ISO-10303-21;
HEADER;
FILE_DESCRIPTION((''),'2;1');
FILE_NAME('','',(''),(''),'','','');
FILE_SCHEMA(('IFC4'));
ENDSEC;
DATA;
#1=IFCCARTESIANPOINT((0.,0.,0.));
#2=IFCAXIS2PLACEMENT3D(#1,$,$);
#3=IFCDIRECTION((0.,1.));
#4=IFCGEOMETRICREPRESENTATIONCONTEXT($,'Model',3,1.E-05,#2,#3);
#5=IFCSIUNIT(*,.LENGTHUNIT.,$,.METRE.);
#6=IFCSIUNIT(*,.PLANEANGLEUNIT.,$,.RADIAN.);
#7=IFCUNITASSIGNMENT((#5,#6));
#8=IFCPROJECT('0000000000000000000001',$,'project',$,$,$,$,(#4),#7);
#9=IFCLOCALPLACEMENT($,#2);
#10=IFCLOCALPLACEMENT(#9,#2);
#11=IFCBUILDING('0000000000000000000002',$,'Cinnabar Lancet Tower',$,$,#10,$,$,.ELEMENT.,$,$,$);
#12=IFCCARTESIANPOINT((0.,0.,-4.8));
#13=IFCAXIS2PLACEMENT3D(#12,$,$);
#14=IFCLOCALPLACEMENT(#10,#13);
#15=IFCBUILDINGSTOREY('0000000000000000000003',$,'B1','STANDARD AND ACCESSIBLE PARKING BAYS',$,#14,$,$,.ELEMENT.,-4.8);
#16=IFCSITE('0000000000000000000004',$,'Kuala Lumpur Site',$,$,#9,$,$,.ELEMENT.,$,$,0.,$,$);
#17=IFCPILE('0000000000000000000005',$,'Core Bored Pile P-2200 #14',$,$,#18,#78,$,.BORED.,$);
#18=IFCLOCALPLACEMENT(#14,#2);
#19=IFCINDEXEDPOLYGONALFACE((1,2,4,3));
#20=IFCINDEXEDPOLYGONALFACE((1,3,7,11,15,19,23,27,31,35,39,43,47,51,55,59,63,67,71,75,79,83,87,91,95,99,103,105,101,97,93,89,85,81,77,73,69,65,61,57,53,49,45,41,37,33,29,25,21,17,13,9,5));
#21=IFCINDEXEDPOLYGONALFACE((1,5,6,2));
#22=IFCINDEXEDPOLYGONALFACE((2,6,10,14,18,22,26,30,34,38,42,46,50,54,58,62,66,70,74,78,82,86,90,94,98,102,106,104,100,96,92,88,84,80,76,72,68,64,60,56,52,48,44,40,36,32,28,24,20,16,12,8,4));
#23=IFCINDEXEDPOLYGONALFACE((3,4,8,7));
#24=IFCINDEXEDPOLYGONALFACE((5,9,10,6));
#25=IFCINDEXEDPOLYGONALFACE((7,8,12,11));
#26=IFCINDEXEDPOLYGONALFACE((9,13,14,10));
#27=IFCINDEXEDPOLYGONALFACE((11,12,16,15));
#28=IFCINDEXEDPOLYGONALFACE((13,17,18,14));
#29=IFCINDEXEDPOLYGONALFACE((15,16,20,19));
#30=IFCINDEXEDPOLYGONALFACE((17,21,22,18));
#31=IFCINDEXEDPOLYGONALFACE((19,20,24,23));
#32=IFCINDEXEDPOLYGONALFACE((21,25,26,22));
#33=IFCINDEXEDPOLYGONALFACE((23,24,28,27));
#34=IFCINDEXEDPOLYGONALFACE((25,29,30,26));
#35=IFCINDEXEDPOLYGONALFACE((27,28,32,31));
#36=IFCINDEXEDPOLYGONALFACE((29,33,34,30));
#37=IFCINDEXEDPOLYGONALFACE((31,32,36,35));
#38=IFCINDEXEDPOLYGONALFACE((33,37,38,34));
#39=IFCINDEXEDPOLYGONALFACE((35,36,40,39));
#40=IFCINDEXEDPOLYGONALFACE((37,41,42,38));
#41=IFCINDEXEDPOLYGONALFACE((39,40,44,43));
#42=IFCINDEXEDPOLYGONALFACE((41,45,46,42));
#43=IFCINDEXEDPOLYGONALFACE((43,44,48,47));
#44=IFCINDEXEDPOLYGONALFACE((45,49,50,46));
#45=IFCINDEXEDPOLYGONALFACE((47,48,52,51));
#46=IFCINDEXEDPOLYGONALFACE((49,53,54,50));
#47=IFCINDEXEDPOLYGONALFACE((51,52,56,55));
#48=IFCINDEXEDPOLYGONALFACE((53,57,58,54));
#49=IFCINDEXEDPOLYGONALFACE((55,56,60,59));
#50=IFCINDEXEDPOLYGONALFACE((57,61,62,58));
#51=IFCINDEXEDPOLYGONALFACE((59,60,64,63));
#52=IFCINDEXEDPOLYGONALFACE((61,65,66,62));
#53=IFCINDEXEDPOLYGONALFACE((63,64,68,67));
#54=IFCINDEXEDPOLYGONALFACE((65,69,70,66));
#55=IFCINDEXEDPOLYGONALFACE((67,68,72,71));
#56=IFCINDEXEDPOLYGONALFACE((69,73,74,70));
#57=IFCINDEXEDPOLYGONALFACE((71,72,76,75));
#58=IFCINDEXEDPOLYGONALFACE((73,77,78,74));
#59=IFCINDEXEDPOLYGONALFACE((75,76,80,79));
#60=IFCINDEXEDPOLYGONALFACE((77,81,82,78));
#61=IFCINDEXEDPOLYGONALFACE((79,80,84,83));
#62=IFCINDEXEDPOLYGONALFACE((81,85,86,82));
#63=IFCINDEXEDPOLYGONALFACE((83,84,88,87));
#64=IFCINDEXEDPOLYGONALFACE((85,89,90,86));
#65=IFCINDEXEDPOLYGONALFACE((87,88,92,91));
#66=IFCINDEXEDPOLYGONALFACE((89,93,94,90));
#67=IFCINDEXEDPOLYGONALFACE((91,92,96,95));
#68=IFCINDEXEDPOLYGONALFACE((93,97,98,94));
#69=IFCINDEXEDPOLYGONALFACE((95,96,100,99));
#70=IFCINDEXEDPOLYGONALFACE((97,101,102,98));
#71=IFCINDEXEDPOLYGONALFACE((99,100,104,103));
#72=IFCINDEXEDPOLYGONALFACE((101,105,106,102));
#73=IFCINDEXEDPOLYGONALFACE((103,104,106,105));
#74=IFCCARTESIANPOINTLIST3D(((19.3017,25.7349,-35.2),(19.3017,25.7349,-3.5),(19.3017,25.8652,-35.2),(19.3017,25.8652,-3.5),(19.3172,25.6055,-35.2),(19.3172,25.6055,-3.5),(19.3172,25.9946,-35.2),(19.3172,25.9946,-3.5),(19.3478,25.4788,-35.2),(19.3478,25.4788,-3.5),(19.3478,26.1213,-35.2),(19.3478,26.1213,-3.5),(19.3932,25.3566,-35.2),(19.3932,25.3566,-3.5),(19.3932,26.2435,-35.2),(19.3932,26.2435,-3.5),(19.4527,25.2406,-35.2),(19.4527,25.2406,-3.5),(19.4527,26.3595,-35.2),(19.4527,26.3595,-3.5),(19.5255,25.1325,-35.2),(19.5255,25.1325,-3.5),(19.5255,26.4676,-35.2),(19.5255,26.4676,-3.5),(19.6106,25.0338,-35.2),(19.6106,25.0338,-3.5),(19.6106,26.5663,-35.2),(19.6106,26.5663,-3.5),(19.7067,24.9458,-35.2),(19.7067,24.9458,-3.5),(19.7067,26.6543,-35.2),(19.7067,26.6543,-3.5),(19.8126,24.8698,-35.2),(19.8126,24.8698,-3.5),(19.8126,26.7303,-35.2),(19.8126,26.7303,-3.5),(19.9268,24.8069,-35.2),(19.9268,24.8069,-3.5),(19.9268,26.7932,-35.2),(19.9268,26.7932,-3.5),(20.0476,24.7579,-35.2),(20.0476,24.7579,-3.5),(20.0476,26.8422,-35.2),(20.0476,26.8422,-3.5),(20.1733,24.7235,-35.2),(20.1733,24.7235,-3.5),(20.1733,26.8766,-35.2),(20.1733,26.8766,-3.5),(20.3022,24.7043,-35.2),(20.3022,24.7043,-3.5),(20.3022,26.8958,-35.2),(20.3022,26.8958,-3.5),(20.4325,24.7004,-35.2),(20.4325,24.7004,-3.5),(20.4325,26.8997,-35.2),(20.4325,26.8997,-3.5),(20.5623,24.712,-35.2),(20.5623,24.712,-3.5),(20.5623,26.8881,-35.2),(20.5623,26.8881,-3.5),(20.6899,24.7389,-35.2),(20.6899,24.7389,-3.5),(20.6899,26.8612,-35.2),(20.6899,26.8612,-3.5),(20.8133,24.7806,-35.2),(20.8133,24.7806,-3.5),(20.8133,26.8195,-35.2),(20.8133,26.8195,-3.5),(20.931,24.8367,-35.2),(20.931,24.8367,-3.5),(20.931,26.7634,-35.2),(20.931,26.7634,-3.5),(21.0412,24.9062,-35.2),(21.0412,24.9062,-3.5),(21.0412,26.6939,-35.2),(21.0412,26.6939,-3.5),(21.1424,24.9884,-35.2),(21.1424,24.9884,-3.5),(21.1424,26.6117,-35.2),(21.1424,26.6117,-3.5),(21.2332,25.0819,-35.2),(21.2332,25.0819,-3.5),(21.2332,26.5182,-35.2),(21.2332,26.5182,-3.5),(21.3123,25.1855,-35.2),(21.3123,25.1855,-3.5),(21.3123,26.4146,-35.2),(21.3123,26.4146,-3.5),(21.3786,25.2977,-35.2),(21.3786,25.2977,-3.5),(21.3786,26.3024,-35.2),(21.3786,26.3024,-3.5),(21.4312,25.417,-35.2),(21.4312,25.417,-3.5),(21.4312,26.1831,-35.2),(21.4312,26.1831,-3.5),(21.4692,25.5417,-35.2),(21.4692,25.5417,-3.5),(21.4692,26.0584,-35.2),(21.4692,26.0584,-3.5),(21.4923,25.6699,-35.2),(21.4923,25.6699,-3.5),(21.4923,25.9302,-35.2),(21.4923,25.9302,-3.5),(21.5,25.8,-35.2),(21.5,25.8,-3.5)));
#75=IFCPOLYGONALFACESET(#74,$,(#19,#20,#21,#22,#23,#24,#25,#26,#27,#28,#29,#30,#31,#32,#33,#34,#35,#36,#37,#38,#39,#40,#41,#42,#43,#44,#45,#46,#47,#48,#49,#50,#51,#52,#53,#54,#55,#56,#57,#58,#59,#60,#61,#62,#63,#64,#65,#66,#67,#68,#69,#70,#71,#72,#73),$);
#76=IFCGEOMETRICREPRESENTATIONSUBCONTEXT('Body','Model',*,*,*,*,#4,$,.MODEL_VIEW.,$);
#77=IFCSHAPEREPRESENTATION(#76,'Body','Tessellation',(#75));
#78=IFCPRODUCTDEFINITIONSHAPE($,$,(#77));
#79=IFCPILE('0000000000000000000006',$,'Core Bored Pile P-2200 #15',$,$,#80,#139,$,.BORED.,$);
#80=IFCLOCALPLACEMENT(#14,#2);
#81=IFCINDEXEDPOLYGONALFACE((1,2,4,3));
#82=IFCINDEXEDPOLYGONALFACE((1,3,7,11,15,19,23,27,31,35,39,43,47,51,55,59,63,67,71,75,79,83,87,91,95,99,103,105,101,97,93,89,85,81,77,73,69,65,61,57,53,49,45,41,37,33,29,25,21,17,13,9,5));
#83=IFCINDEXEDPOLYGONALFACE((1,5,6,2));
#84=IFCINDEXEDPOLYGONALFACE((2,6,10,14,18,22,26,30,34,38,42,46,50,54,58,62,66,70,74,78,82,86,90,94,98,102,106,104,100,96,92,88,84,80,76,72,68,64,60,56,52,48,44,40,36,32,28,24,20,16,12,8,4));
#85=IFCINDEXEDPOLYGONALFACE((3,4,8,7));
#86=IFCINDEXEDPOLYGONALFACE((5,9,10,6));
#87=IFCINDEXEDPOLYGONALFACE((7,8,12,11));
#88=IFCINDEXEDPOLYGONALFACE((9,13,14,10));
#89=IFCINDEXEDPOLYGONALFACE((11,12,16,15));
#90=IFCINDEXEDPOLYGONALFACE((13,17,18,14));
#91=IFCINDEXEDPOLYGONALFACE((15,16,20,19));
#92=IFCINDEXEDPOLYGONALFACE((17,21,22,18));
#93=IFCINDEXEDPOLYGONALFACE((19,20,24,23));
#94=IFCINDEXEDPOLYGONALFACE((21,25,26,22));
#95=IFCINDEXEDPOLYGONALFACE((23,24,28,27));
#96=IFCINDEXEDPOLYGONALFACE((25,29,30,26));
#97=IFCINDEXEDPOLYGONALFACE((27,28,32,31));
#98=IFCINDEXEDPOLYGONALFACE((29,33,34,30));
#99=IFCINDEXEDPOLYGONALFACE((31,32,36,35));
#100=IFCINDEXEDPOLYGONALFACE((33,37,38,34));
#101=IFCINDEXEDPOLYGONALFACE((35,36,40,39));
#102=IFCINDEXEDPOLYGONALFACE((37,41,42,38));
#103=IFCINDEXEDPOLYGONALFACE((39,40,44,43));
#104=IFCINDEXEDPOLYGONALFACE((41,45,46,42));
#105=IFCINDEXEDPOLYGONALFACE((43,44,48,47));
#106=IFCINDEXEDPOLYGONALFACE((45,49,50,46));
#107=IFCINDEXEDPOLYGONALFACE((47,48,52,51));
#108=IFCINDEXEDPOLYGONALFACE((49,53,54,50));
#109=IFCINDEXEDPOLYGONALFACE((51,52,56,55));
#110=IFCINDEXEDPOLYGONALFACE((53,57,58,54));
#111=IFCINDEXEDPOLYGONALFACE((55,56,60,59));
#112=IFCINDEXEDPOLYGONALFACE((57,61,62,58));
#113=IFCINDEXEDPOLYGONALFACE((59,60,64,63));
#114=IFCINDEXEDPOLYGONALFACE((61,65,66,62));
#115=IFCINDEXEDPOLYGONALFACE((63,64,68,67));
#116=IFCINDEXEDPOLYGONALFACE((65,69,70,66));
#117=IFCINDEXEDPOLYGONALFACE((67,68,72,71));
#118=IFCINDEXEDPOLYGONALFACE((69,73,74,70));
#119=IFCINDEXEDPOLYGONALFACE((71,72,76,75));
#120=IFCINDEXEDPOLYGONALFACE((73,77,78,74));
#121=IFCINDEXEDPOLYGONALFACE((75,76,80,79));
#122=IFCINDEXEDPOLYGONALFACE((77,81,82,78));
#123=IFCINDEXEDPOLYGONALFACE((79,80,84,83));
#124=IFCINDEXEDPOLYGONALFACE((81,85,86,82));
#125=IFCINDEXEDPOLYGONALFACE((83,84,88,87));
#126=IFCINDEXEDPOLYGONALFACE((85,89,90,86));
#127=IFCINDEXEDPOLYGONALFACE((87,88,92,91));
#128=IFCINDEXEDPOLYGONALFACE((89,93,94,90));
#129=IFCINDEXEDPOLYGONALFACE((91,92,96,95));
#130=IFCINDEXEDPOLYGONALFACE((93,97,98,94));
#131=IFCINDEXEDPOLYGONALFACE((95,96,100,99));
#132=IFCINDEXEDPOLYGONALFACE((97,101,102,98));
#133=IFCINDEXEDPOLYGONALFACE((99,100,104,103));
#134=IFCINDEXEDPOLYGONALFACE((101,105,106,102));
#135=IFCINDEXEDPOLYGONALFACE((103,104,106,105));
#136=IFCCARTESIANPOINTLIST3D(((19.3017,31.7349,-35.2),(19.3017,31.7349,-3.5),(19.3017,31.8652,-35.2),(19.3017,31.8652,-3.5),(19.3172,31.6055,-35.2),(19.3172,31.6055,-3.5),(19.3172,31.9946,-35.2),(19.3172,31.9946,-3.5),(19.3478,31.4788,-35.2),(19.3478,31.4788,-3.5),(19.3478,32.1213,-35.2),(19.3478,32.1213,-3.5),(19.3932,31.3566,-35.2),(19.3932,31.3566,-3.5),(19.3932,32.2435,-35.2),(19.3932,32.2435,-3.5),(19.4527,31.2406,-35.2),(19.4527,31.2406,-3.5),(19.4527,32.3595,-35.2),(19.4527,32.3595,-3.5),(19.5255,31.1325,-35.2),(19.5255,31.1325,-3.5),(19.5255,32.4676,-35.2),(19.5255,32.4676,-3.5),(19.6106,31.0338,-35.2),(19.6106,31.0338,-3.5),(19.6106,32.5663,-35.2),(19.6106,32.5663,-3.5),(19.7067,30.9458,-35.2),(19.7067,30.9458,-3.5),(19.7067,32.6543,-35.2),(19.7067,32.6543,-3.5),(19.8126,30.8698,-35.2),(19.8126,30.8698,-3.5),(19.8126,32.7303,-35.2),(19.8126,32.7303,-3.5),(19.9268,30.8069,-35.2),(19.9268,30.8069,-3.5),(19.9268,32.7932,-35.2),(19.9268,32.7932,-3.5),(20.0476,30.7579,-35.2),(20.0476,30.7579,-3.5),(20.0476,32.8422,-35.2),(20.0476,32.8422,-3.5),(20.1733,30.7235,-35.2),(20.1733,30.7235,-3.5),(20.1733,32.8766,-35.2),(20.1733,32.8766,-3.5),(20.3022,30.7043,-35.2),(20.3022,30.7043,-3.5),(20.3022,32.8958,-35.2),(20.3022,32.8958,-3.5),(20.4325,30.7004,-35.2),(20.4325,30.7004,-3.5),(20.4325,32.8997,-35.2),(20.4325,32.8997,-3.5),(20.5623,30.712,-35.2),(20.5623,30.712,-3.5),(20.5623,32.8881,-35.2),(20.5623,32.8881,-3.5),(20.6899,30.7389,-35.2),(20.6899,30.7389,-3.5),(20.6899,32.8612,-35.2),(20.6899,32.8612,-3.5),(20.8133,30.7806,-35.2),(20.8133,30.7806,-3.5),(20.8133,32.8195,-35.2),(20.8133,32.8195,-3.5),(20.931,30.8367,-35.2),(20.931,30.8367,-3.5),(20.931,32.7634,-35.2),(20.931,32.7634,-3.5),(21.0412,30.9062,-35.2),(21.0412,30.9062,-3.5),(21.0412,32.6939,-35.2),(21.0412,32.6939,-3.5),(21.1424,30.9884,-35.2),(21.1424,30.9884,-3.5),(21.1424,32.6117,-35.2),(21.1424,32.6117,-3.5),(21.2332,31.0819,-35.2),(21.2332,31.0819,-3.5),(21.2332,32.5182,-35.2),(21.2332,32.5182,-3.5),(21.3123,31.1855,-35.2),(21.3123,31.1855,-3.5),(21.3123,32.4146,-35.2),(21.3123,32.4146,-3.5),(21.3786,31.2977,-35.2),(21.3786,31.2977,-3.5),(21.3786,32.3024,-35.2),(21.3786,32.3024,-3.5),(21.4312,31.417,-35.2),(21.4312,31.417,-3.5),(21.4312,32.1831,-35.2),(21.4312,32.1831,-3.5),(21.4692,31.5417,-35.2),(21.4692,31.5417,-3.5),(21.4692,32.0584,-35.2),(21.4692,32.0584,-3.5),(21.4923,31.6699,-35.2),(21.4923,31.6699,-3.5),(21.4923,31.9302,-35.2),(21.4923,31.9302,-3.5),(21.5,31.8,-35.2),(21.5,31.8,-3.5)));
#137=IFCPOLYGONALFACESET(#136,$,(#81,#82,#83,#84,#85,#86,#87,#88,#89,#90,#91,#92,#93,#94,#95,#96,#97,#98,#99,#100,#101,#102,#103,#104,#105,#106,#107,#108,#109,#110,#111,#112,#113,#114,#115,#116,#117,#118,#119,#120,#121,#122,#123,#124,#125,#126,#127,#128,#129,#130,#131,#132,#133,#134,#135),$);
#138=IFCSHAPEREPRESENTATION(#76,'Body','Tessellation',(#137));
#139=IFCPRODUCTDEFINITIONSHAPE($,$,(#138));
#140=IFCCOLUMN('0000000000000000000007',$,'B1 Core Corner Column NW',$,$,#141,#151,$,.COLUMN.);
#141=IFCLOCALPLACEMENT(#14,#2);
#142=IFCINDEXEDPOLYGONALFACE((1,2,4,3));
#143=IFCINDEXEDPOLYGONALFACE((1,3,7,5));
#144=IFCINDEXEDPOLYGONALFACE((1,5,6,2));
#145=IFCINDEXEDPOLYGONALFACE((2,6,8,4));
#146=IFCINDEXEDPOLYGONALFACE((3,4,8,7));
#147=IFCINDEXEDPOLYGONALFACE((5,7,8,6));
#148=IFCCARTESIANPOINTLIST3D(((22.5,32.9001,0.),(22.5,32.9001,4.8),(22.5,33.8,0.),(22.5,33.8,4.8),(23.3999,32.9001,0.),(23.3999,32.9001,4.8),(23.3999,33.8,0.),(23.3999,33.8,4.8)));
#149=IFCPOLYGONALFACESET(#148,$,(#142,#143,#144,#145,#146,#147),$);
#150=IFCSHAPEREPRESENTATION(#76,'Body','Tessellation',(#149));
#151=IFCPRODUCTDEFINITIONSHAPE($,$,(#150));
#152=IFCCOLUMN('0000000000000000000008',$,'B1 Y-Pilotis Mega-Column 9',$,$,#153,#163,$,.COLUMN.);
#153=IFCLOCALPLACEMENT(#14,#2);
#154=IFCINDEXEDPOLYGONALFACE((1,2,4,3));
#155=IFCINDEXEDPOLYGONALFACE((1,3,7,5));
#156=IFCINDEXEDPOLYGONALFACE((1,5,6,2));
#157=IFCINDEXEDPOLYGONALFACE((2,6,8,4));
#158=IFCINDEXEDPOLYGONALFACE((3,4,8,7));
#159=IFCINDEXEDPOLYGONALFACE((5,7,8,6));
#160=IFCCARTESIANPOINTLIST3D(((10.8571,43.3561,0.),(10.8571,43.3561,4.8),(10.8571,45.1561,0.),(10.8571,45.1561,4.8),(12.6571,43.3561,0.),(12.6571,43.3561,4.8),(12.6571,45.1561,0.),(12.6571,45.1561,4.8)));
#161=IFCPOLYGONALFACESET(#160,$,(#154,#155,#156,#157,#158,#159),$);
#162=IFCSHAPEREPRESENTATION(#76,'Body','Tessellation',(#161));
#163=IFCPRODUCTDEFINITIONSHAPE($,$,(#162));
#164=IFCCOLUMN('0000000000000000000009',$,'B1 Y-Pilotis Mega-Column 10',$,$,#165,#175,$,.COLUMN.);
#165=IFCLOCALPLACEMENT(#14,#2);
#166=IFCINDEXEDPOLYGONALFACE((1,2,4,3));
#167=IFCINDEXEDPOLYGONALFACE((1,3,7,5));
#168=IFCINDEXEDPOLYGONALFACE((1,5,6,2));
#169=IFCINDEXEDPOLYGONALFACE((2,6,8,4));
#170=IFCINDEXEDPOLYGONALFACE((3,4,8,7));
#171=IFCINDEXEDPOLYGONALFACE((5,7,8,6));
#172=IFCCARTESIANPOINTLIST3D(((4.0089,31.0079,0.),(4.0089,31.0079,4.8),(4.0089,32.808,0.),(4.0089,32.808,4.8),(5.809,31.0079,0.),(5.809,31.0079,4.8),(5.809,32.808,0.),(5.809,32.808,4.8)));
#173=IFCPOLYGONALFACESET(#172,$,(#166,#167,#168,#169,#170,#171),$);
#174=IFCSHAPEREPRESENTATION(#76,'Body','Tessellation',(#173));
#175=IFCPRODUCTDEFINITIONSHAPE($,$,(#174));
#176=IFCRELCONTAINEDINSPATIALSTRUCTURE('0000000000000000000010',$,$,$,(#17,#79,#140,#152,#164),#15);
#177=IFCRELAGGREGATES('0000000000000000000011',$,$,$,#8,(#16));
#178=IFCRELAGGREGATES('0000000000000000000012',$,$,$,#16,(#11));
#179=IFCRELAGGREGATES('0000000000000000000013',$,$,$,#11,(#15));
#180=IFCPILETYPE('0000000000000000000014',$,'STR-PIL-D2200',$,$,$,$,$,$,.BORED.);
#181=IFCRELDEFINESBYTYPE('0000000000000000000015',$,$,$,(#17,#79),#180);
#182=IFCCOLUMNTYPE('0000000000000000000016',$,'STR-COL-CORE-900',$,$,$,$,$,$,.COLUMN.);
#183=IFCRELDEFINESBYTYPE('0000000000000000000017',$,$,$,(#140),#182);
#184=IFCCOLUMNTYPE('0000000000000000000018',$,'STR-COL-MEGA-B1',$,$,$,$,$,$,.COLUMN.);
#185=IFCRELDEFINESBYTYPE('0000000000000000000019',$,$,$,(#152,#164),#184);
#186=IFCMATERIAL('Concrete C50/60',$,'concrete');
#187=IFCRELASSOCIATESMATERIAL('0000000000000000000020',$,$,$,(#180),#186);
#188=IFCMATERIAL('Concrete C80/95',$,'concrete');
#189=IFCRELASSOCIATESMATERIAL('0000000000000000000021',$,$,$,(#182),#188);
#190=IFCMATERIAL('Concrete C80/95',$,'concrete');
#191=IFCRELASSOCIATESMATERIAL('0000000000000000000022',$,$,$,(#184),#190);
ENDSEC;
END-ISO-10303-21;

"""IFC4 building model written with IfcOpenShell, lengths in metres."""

from ifc_helpers import new_model, si_unit, direction, frame, origin, origin_2d, place, context, subcontext, project, spatial, rectangle, circle, extrude, material, material_profile, profile_set, type_object, element, save


model = new_model("IFC4")

# Units and contexts
model_context = context("Model", 3, precision=1e-05, world=origin(), true_north=direction((0.0, 1.0)))
body_context = subcontext(model_context, "Body", "Model", "MODEL_VIEW")
ifc_project = project(units=[si_unit("LENGTHUNIT", "METRE"), si_unit("PLANEANGLEUNIT", "RADIAN")], contexts=[model_context])

# Site, building, storey
site_placement = place(None, origin())
site = spatial("IfcSite", under=ifc_project, at=site_placement, Name="Kuala Lumpur Site", CompositionType="ELEMENT", RefElevation=0.0)
building_placement = place(site_placement, origin())
building = spatial("IfcBuilding", under=site, at=building_placement, Name="Cinnabar Lancet Tower", CompositionType="ELEMENT")
storey_placement = place(building_placement, frame((0.0, 0.0, -4.8)))
storey = spatial("IfcBuildingStorey", under=building, at=storey_placement, Name="B1", Description="STANDARD AND ACCESSIBLE PARKING BAYS", CompositionType="ELEMENT", Elevation=-4.8)

# Piles
ifc_material_1 = material(Name="Concrete C50/60", Category="concrete")
ifc_material_profile_1 = material_profile(ifc_material_1, circle(Radius=1.1001, at=origin_2d()), Name="PILE D2200")
ifc_profile_set_1 = profile_set([ifc_material_profile_1], Name="Concrete C50/60")
pile_type_1 = type_object("IfcPileType", Name="STR-PIL-D2200", PredefinedType="BORED", material=ifc_profile_set_1)
for number, where, z_axis, x_axis, name in (
    (1, (20.3999, 25.8, -3.5), (0.0, 0.0, -1.0), (1.0, 0.0, 0.0), "Core Bored Pile P-2200 #14"),
    (2, (20.3999, 31.8, -3.5), (0.0, 0.0, -1.0), (1.0, 0.0, 0.0), "Core Bored Pile P-2200 #15"),
):
    element("IfcPile", number, at=place(storey_placement, frame(where, z_axis=z_axis, x_axis=x_axis)), inside=storey, type_object=pile_type_1, Name=name, PredefinedType="BORED", context=body_context, shape_type="SweptSolid", body=[
        extrude(circle(Radius=1.1001, at=origin_2d()), origin(), (0.0, 0.0, 1.0), 31.7),
    ])

# Columns
ifc_material_2 = material(Name="Concrete C80/95", Category="concrete")
ifc_material_profile_2 = material_profile(ifc_material_2, rectangle(XDim=0.8999, YDim=0.8999, at=origin_2d()), Name="RC-COL 900x900")
ifc_profile_set_2 = profile_set([ifc_material_profile_2], Name="Concrete C80/95")
column_type_1 = type_object("IfcColumnType", Name="STR-COL-CORE-900", PredefinedType="COLUMN", material=ifc_profile_set_2)
column_placement = place(storey_placement, frame((22.95, 33.3501, 0.0), z_axis=(0.0, 0.0, 1.0), x_axis=(1.0, 0.0, 0.0)))
element("IfcColumn", 3, at=column_placement, inside=storey, type_object=column_type_1, Name="B1 Core Corner Column NW", PredefinedType="COLUMN", context=body_context, shape_type="SweptSolid", body=[
    extrude(rectangle(XDim=0.8999, YDim=0.8999, at=origin_2d()), origin(), (0.0, 0.0, 1.0), 4.8),
])
ifc_material_3 = material(Name="Concrete C80/95", Category="concrete")
ifc_material_profile_3 = material_profile(ifc_material_3, rectangle(XDim=1.8, YDim=1.8, at=origin_2d()), Name="RC-MEGA 1800x1800")
ifc_profile_set_3 = profile_set([ifc_material_profile_3], Name="Concrete C80/95")
column_type_2 = type_object("IfcColumnType", Name="STR-COL-MEGA-B1", PredefinedType="COLUMN", material=ifc_profile_set_3)
for number, where, z_axis, x_axis, name in (
    (4, (11.7571, 44.2561, 0.0), (0.0, 0.0, 1.0), (1.0, 0.0, 0.0), "B1 Y-Pilotis Mega-Column 9"),
    (5, (4.9089, 31.908, 0.0), (0.0, 0.0, 1.0), (1.0, 0.0, 0.0), "B1 Y-Pilotis Mega-Column 10"),
):
    element("IfcColumn", number, at=place(storey_placement, frame(where, z_axis=z_axis, x_axis=x_axis)), inside=storey, type_object=column_type_2, Name=name, PredefinedType="COLUMN", context=body_context, shape_type="SweptSolid", body=[
        extrude(rectangle(XDim=1.8, YDim=1.8, at=origin_2d()), origin(), (0.0, 0.0, 1.0), 4.8),
    ])

save(model, "model.ifc")
